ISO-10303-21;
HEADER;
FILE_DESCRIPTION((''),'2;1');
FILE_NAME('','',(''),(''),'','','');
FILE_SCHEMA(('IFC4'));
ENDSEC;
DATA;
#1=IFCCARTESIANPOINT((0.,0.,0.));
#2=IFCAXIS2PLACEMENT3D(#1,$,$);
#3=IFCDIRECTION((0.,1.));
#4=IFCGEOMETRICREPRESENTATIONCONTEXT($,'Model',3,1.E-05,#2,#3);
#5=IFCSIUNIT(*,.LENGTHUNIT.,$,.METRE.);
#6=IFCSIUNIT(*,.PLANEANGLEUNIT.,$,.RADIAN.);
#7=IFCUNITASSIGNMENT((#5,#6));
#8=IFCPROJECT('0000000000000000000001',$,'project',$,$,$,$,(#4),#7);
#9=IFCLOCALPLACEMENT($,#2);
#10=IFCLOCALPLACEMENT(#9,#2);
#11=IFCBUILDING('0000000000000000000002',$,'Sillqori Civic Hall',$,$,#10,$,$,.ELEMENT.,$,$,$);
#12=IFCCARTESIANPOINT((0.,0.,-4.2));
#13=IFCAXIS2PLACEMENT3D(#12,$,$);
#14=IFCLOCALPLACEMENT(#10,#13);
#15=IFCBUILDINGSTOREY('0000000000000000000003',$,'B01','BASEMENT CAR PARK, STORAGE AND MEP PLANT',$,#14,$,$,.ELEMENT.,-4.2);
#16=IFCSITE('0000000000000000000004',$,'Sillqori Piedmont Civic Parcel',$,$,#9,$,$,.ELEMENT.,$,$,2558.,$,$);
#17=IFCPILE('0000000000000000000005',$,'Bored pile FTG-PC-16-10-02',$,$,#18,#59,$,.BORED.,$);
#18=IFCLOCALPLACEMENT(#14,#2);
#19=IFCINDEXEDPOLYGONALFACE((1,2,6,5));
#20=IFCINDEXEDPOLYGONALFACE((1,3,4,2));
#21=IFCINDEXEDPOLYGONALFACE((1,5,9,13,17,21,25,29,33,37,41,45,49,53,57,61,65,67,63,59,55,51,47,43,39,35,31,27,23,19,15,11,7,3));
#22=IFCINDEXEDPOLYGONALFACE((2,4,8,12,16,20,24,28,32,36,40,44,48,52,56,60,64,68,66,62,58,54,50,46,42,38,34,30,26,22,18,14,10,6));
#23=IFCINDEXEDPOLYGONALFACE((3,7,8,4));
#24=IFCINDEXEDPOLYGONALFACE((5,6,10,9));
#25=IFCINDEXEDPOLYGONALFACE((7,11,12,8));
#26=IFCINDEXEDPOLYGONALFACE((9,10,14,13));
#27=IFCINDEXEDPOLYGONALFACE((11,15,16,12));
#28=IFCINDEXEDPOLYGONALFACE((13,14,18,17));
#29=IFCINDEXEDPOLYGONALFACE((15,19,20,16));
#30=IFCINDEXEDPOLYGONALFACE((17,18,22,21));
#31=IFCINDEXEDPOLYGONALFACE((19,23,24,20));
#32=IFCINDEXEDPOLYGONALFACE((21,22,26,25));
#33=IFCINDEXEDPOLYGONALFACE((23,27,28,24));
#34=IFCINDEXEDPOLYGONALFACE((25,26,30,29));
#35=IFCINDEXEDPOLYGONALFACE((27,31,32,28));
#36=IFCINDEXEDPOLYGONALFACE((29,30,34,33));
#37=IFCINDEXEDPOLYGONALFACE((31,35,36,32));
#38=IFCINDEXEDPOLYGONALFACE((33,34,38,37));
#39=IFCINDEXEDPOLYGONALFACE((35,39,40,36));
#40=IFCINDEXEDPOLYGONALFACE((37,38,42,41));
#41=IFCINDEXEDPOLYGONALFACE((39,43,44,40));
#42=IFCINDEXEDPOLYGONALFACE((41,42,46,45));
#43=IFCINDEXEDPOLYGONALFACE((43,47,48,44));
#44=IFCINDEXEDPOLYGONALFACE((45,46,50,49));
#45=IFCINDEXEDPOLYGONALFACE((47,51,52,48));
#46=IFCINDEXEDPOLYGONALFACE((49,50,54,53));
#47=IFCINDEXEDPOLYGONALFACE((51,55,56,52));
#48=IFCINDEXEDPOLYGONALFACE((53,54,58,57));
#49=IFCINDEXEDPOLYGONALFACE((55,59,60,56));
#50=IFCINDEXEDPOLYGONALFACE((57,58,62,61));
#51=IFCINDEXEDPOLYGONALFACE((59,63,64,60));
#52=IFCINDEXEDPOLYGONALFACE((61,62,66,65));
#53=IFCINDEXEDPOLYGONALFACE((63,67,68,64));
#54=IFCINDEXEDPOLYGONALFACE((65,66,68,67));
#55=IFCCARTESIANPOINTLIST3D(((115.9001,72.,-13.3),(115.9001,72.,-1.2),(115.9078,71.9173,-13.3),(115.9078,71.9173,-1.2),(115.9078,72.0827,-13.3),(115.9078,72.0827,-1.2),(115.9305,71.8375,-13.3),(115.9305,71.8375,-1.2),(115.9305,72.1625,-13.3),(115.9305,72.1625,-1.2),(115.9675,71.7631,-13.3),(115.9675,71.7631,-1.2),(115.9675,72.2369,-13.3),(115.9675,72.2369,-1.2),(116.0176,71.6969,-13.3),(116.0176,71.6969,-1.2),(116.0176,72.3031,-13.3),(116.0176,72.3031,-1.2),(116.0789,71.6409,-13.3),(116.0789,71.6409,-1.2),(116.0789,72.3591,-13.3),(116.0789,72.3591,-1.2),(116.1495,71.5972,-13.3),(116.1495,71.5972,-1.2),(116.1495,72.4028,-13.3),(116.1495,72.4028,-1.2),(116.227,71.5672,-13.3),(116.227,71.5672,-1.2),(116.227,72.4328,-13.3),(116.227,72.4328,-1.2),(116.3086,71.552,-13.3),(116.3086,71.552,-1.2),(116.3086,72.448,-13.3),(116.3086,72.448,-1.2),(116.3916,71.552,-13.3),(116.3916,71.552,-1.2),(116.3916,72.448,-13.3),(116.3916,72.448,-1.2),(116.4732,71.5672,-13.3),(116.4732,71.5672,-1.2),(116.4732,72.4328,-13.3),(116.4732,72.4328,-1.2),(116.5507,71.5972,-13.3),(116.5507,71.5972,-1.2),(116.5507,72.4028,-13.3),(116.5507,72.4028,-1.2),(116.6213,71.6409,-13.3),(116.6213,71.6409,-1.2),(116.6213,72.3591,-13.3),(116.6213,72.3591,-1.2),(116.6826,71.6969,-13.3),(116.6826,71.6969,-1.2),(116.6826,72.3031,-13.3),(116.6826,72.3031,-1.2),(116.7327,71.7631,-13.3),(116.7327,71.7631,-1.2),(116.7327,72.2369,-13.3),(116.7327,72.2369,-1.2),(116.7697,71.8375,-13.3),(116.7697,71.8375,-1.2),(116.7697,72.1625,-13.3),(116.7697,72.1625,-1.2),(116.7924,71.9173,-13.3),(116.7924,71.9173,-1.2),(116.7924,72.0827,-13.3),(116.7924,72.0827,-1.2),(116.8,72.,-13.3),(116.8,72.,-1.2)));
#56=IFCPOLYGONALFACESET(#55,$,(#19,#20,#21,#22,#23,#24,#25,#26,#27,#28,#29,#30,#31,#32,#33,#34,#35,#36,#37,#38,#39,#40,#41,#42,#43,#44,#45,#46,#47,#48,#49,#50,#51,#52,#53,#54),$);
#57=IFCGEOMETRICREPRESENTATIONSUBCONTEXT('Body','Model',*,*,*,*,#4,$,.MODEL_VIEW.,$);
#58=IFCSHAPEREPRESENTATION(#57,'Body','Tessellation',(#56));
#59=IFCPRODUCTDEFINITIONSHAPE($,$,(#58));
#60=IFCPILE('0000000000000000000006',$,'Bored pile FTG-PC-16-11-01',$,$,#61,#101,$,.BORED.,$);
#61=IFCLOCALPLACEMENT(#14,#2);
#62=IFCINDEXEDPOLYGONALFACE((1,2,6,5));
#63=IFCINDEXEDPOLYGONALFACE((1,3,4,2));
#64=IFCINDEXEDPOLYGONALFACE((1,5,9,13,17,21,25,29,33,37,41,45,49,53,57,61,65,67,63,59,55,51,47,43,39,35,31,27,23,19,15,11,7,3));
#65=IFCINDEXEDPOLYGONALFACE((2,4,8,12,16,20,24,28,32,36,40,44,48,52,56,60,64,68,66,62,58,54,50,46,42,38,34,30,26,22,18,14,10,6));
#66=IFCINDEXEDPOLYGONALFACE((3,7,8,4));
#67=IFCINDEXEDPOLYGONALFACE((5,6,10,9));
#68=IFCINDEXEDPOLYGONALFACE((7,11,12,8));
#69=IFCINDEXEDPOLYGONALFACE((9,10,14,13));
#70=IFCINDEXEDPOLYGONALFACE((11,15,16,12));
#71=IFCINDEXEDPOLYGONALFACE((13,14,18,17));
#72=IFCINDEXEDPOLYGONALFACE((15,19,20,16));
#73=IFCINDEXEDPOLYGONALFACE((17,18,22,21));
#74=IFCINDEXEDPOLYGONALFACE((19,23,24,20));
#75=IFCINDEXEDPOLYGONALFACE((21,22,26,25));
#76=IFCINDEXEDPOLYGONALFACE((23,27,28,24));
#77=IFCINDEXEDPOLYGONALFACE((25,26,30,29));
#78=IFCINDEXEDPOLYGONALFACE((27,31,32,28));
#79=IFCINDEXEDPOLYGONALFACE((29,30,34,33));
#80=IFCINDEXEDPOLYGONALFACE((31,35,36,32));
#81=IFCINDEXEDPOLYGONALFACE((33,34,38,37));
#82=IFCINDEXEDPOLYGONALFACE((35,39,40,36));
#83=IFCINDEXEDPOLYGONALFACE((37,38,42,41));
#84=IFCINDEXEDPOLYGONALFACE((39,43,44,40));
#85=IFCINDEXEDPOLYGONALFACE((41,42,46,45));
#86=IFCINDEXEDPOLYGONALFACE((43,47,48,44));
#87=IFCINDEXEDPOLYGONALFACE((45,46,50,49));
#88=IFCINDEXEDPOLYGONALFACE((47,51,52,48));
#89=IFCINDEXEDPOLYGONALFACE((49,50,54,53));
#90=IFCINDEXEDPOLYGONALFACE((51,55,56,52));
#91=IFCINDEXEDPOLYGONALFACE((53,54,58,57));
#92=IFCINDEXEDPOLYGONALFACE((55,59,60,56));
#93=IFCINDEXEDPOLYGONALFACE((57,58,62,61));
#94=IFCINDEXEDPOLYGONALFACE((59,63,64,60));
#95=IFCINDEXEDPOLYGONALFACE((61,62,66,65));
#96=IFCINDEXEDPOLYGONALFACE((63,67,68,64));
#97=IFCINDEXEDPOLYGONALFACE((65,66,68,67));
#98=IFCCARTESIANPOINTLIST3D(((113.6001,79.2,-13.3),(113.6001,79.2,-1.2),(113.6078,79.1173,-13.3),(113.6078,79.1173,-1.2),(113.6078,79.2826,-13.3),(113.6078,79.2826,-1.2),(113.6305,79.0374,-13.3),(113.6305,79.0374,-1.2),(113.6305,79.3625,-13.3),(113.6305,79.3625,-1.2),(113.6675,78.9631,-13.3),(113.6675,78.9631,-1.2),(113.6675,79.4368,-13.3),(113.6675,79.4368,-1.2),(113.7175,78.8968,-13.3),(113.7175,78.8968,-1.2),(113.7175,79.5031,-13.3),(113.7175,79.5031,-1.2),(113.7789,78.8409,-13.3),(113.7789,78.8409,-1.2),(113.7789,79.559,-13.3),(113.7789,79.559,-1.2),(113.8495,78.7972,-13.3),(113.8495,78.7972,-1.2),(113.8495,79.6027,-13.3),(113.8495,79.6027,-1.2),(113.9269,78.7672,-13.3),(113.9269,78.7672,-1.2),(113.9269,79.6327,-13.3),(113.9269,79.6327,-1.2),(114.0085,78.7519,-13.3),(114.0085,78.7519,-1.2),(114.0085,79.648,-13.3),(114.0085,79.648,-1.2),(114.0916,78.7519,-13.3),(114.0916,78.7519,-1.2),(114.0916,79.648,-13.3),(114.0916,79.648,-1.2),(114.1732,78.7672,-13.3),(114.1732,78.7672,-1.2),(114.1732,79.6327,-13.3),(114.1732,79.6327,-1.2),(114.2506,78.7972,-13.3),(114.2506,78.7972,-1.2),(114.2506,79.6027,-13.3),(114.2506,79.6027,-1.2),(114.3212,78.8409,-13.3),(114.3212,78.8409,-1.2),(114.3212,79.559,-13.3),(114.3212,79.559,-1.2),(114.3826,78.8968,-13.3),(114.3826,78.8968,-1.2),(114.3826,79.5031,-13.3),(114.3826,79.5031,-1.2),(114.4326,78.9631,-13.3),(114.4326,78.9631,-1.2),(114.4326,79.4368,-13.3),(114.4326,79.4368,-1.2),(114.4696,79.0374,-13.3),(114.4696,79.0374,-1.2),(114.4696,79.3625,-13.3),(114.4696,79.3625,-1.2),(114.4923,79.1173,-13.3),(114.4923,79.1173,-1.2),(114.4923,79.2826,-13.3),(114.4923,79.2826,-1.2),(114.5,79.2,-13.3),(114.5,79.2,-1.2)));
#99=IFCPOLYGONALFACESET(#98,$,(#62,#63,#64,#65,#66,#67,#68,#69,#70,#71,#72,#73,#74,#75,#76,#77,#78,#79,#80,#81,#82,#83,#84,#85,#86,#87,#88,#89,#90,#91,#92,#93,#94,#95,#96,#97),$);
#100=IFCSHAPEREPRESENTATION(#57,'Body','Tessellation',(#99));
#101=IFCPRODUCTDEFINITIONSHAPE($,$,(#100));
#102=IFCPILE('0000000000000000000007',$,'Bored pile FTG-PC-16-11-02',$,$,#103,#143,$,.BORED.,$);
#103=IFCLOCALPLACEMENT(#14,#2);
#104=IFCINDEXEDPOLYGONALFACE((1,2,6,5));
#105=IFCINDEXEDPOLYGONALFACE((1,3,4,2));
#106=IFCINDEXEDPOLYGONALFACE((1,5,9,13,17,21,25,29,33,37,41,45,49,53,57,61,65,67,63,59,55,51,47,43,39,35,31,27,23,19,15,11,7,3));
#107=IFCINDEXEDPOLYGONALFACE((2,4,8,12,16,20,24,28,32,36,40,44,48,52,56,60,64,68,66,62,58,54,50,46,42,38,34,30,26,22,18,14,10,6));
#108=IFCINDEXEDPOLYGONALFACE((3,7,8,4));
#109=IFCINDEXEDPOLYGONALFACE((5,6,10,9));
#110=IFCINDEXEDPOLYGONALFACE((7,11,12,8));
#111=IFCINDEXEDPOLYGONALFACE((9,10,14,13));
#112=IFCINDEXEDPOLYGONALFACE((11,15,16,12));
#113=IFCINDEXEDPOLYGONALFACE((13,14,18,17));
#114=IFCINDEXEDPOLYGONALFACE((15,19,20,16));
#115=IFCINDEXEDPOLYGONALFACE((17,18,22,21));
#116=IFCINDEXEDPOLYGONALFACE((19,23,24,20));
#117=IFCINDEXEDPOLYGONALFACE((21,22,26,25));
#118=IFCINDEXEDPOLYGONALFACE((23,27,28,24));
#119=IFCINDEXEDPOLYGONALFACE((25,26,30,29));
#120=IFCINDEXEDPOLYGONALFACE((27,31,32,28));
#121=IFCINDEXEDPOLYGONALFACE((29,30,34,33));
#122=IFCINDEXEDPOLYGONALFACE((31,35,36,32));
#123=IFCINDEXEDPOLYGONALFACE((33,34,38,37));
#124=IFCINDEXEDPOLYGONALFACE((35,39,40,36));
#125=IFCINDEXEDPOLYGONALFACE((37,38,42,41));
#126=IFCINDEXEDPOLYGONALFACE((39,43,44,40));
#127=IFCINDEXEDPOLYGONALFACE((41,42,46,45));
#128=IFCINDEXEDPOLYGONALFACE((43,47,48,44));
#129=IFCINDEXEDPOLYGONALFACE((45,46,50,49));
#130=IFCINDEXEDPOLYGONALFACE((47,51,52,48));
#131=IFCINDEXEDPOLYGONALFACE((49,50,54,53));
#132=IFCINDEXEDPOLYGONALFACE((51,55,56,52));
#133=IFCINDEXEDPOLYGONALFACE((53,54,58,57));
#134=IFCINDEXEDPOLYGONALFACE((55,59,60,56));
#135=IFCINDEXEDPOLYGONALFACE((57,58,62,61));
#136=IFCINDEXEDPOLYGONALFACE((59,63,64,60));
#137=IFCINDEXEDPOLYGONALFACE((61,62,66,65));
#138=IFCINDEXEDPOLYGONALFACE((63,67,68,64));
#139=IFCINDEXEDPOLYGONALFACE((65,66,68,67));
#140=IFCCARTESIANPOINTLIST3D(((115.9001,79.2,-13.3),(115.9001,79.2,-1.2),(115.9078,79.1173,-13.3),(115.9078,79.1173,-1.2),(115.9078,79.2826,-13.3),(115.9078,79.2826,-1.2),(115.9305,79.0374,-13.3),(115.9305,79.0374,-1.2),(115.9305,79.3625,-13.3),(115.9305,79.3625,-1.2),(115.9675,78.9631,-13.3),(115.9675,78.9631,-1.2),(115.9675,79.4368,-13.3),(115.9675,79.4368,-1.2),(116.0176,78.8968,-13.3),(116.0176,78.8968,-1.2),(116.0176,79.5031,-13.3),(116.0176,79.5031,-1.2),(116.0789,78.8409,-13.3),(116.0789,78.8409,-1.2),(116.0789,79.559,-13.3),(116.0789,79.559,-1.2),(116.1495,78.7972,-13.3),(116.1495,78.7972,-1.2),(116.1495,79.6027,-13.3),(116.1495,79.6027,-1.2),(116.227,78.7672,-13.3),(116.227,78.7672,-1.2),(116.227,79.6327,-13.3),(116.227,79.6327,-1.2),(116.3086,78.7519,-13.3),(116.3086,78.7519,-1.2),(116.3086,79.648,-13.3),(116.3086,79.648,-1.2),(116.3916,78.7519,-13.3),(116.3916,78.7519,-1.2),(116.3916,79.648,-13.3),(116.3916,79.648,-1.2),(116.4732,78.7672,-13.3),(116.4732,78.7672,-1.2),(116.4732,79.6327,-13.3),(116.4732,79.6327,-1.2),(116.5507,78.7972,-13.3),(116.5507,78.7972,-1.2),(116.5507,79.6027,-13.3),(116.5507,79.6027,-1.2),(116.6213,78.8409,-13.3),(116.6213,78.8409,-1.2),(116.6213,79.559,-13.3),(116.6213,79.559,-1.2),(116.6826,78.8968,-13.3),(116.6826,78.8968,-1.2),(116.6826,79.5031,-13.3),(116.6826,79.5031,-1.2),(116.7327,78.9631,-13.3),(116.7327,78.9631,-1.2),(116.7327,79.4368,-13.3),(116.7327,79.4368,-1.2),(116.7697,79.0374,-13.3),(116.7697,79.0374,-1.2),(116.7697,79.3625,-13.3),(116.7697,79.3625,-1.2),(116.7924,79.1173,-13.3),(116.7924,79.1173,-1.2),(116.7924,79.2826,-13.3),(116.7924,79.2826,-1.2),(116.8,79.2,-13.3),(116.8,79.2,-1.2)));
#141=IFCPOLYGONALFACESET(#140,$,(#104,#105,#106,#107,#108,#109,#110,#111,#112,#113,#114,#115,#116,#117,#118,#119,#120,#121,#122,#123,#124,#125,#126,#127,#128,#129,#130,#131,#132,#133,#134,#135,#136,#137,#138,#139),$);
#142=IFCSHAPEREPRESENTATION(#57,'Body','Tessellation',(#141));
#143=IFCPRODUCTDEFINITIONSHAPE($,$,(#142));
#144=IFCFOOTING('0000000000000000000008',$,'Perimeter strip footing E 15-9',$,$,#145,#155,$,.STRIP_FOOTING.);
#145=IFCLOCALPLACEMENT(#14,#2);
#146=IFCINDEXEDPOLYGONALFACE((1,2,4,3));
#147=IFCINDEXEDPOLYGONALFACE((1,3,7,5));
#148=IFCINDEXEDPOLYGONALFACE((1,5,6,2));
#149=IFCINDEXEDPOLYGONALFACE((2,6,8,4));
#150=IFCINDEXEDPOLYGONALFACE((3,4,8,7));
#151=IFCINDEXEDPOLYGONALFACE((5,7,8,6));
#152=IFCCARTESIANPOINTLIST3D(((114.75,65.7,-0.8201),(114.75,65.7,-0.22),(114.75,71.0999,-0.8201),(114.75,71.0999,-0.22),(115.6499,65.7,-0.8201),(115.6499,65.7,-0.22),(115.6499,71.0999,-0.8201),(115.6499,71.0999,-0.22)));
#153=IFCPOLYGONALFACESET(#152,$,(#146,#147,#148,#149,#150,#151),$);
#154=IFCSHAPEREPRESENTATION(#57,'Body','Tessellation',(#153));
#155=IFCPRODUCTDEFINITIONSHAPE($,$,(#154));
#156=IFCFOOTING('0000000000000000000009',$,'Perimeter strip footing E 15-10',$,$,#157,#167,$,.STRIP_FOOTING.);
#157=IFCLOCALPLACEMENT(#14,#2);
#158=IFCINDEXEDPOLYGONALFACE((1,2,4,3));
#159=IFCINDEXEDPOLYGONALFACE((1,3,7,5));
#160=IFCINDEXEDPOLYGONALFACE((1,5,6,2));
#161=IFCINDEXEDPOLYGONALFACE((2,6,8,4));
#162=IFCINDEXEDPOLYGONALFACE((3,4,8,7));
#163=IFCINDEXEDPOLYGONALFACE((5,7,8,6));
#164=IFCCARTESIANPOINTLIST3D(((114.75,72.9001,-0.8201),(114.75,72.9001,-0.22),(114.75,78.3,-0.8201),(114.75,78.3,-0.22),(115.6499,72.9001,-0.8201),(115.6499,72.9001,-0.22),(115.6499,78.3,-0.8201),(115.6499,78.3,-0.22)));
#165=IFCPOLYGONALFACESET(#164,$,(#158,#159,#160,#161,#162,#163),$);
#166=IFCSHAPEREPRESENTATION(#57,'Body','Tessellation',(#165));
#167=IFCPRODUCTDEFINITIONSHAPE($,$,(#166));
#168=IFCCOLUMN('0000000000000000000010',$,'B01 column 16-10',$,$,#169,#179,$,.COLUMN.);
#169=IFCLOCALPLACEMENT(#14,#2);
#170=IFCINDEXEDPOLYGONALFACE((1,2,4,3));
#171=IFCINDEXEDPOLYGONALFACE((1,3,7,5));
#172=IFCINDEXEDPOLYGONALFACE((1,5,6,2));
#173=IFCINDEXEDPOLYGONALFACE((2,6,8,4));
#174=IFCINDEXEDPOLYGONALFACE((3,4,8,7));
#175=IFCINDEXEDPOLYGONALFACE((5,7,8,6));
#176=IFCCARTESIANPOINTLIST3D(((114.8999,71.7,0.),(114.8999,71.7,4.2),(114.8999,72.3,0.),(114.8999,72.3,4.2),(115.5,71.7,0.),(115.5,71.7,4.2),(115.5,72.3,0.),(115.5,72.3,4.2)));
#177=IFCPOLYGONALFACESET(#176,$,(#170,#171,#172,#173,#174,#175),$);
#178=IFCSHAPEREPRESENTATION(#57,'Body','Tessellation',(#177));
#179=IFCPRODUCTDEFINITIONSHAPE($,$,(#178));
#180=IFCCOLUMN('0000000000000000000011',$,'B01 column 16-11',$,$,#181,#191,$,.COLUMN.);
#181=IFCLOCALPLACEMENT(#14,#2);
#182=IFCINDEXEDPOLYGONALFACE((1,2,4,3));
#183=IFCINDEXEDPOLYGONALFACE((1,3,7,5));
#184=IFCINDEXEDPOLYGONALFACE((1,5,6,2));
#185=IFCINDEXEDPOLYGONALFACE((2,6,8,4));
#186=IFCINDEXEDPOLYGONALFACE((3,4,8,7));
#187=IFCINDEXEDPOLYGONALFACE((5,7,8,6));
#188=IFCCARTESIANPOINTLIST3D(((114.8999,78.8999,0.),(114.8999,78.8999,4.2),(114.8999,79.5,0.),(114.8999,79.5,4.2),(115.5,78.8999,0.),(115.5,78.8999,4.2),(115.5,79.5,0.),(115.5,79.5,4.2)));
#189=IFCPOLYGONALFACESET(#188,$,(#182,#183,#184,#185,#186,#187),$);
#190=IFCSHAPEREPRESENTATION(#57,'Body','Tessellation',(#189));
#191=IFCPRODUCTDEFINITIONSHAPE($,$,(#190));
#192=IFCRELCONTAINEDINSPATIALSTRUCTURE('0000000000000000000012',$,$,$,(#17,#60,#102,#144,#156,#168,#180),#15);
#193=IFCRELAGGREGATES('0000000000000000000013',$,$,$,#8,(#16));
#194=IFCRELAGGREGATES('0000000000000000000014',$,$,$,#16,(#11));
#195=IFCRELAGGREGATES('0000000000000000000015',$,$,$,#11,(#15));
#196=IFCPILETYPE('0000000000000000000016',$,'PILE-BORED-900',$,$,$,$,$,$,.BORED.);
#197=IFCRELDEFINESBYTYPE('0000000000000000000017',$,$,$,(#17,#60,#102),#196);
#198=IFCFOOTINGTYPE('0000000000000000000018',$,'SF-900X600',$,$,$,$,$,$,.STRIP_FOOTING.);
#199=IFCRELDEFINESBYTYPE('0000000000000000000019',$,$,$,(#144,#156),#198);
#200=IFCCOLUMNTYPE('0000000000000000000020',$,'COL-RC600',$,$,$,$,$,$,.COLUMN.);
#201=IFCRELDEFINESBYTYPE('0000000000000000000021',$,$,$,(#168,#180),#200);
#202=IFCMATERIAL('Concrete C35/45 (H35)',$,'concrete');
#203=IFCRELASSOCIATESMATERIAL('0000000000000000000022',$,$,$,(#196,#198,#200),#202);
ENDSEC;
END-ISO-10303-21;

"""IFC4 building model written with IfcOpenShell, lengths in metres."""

from ifc_helpers import new_model, si_unit, direction, frame, origin, origin_2d, place, context, subcontext, project, spatial, rectangle, circle, extrude, material, material_profile, profile_set, type_object, element, save


model = new_model("IFC4")

# Units and contexts
model_context = context("Model", 3, precision=1e-05, world=origin(), true_north=direction((0.0, 1.0)))
body_context = subcontext(model_context, "Body", "Model", "MODEL_VIEW")
ifc_project = project(units=[si_unit("LENGTHUNIT", "METRE"), si_unit("PLANEANGLEUNIT", "RADIAN")], contexts=[model_context])

# Site, building, storey
site_placement = place(None, origin())
site = spatial("IfcSite", under=ifc_project, at=site_placement, Name="Sillqori Piedmont Civic Parcel", CompositionType="ELEMENT", RefElevation=2558.0)
building_placement = place(site_placement, origin())
building = spatial("IfcBuilding", under=site, at=building_placement, Name="Sillqori Civic Hall", CompositionType="ELEMENT")
storey_placement = place(building_placement, frame((0.0, 0.0, -4.2)))
storey = spatial("IfcBuildingStorey", under=building, at=storey_placement, Name="B01", Description="BASEMENT CAR PARK, STORAGE AND MEP PLANT", CompositionType="ELEMENT", Elevation=-4.2)

# Shared definitions
ifc_material_1 = material(Name="Concrete C35/45 (H35)", Category="concrete")

# Piles
ifc_material_profile_1 = material_profile(ifc_material_1, circle(Radius=0.45, at=origin_2d()), Name="BORED PILE 900")
ifc_profile_set_1 = profile_set([ifc_material_profile_1], Name="Concrete C35/45 (H35)")
pile_type = type_object("IfcPileType", Name="PILE-BORED-900", PredefinedType="BORED", material=ifc_profile_set_1)
for number, where, z_axis, x_axis, name in (
    (1, (116.3501, 72.0, -1.2), (0.0, 0.0, -1.0), (1.0, 0.0, 0.0), "Bored pile FTG-PC-16-10-02"),
    (2, (114.05, 79.2, -1.2), (0.0, 0.0, -1.0), (1.0, 0.0, 0.0), "Bored pile FTG-PC-16-11-01"),
    (3, (116.3501, 79.2, -1.2), (0.0, 0.0, -1.0), (1.0, 0.0, 0.0), "Bored pile FTG-PC-16-11-02"),
):
    element("IfcPile", number, at=place(storey_placement, frame(where, z_axis=z_axis, x_axis=x_axis)), inside=storey, type_object=pile_type, Name=name, PredefinedType="BORED", context=body_context, shape_type="SweptSolid", body=[
        extrude(circle(Radius=0.45, at=origin_2d()), origin(), (0.0, 0.0, 1.0), 12.1001),
    ])

# Footings
footing_type_1 = type_object("IfcFootingType", Name="SF-900X600", PredefinedType="STRIP_FOOTING", material=ifc_material_1)
for number, where, z_axis, x_axis, name in (
    (4, (115.2, 68.3999, -0.8201), (0.0, 0.0, 1.0), (1.0, 0.0, 0.0), "Perimeter strip footing E 15-9"),
    (5, (115.2, 75.6001, -0.8201), (0.0, 0.0, 1.0), (1.0, 0.0, 0.0), "Perimeter strip footing E 15-10"),
):
    element("IfcFooting", number, at=place(storey_placement, frame(where, z_axis=z_axis, x_axis=x_axis)), inside=storey, type_object=footing_type_1, Name=name, PredefinedType="STRIP_FOOTING", context=body_context, shape_type="SweptSolid", body=[
        extrude(rectangle(XDim=0.8999, YDim=5.3999, at=origin_2d()), origin(), (0.0, 0.0, 1.0), 0.6001),
    ])

# Columns
ifc_material_profile_2 = material_profile(ifc_material_1, rectangle(XDim=0.6001, YDim=0.6001, at=origin_2d()), Name="RC 600x600")
ifc_profile_set_2 = profile_set([ifc_material_profile_2], Name="Concrete C35/45 (H35)")
column_type = type_object("IfcColumnType", Name="COL-RC600", PredefinedType="COLUMN", material=ifc_profile_set_2)
for number, where, z_axis, x_axis, name in (
    (6, (115.2, 72.0, 0.0), (0.0, 0.0, 1.0), (1.0, 0.0, 0.0), "B01 column 16-10"),
    (7, (115.2, 79.2, 0.0), (0.0, 0.0, 1.0), (1.0, 0.0, 0.0), "B01 column 16-11"),
):
    element("IfcColumn", number, at=place(storey_placement, frame(where, z_axis=z_axis, x_axis=x_axis)), inside=storey, type_object=column_type, Name=name, PredefinedType="COLUMN", context=body_context, shape_type="SweptSolid", body=[
        extrude(rectangle(XDim=0.6001, YDim=0.6001, at=origin_2d()), origin(), (0.0, 0.0, 1.0), 4.2),
    ])

save(model, "model.ifc")
